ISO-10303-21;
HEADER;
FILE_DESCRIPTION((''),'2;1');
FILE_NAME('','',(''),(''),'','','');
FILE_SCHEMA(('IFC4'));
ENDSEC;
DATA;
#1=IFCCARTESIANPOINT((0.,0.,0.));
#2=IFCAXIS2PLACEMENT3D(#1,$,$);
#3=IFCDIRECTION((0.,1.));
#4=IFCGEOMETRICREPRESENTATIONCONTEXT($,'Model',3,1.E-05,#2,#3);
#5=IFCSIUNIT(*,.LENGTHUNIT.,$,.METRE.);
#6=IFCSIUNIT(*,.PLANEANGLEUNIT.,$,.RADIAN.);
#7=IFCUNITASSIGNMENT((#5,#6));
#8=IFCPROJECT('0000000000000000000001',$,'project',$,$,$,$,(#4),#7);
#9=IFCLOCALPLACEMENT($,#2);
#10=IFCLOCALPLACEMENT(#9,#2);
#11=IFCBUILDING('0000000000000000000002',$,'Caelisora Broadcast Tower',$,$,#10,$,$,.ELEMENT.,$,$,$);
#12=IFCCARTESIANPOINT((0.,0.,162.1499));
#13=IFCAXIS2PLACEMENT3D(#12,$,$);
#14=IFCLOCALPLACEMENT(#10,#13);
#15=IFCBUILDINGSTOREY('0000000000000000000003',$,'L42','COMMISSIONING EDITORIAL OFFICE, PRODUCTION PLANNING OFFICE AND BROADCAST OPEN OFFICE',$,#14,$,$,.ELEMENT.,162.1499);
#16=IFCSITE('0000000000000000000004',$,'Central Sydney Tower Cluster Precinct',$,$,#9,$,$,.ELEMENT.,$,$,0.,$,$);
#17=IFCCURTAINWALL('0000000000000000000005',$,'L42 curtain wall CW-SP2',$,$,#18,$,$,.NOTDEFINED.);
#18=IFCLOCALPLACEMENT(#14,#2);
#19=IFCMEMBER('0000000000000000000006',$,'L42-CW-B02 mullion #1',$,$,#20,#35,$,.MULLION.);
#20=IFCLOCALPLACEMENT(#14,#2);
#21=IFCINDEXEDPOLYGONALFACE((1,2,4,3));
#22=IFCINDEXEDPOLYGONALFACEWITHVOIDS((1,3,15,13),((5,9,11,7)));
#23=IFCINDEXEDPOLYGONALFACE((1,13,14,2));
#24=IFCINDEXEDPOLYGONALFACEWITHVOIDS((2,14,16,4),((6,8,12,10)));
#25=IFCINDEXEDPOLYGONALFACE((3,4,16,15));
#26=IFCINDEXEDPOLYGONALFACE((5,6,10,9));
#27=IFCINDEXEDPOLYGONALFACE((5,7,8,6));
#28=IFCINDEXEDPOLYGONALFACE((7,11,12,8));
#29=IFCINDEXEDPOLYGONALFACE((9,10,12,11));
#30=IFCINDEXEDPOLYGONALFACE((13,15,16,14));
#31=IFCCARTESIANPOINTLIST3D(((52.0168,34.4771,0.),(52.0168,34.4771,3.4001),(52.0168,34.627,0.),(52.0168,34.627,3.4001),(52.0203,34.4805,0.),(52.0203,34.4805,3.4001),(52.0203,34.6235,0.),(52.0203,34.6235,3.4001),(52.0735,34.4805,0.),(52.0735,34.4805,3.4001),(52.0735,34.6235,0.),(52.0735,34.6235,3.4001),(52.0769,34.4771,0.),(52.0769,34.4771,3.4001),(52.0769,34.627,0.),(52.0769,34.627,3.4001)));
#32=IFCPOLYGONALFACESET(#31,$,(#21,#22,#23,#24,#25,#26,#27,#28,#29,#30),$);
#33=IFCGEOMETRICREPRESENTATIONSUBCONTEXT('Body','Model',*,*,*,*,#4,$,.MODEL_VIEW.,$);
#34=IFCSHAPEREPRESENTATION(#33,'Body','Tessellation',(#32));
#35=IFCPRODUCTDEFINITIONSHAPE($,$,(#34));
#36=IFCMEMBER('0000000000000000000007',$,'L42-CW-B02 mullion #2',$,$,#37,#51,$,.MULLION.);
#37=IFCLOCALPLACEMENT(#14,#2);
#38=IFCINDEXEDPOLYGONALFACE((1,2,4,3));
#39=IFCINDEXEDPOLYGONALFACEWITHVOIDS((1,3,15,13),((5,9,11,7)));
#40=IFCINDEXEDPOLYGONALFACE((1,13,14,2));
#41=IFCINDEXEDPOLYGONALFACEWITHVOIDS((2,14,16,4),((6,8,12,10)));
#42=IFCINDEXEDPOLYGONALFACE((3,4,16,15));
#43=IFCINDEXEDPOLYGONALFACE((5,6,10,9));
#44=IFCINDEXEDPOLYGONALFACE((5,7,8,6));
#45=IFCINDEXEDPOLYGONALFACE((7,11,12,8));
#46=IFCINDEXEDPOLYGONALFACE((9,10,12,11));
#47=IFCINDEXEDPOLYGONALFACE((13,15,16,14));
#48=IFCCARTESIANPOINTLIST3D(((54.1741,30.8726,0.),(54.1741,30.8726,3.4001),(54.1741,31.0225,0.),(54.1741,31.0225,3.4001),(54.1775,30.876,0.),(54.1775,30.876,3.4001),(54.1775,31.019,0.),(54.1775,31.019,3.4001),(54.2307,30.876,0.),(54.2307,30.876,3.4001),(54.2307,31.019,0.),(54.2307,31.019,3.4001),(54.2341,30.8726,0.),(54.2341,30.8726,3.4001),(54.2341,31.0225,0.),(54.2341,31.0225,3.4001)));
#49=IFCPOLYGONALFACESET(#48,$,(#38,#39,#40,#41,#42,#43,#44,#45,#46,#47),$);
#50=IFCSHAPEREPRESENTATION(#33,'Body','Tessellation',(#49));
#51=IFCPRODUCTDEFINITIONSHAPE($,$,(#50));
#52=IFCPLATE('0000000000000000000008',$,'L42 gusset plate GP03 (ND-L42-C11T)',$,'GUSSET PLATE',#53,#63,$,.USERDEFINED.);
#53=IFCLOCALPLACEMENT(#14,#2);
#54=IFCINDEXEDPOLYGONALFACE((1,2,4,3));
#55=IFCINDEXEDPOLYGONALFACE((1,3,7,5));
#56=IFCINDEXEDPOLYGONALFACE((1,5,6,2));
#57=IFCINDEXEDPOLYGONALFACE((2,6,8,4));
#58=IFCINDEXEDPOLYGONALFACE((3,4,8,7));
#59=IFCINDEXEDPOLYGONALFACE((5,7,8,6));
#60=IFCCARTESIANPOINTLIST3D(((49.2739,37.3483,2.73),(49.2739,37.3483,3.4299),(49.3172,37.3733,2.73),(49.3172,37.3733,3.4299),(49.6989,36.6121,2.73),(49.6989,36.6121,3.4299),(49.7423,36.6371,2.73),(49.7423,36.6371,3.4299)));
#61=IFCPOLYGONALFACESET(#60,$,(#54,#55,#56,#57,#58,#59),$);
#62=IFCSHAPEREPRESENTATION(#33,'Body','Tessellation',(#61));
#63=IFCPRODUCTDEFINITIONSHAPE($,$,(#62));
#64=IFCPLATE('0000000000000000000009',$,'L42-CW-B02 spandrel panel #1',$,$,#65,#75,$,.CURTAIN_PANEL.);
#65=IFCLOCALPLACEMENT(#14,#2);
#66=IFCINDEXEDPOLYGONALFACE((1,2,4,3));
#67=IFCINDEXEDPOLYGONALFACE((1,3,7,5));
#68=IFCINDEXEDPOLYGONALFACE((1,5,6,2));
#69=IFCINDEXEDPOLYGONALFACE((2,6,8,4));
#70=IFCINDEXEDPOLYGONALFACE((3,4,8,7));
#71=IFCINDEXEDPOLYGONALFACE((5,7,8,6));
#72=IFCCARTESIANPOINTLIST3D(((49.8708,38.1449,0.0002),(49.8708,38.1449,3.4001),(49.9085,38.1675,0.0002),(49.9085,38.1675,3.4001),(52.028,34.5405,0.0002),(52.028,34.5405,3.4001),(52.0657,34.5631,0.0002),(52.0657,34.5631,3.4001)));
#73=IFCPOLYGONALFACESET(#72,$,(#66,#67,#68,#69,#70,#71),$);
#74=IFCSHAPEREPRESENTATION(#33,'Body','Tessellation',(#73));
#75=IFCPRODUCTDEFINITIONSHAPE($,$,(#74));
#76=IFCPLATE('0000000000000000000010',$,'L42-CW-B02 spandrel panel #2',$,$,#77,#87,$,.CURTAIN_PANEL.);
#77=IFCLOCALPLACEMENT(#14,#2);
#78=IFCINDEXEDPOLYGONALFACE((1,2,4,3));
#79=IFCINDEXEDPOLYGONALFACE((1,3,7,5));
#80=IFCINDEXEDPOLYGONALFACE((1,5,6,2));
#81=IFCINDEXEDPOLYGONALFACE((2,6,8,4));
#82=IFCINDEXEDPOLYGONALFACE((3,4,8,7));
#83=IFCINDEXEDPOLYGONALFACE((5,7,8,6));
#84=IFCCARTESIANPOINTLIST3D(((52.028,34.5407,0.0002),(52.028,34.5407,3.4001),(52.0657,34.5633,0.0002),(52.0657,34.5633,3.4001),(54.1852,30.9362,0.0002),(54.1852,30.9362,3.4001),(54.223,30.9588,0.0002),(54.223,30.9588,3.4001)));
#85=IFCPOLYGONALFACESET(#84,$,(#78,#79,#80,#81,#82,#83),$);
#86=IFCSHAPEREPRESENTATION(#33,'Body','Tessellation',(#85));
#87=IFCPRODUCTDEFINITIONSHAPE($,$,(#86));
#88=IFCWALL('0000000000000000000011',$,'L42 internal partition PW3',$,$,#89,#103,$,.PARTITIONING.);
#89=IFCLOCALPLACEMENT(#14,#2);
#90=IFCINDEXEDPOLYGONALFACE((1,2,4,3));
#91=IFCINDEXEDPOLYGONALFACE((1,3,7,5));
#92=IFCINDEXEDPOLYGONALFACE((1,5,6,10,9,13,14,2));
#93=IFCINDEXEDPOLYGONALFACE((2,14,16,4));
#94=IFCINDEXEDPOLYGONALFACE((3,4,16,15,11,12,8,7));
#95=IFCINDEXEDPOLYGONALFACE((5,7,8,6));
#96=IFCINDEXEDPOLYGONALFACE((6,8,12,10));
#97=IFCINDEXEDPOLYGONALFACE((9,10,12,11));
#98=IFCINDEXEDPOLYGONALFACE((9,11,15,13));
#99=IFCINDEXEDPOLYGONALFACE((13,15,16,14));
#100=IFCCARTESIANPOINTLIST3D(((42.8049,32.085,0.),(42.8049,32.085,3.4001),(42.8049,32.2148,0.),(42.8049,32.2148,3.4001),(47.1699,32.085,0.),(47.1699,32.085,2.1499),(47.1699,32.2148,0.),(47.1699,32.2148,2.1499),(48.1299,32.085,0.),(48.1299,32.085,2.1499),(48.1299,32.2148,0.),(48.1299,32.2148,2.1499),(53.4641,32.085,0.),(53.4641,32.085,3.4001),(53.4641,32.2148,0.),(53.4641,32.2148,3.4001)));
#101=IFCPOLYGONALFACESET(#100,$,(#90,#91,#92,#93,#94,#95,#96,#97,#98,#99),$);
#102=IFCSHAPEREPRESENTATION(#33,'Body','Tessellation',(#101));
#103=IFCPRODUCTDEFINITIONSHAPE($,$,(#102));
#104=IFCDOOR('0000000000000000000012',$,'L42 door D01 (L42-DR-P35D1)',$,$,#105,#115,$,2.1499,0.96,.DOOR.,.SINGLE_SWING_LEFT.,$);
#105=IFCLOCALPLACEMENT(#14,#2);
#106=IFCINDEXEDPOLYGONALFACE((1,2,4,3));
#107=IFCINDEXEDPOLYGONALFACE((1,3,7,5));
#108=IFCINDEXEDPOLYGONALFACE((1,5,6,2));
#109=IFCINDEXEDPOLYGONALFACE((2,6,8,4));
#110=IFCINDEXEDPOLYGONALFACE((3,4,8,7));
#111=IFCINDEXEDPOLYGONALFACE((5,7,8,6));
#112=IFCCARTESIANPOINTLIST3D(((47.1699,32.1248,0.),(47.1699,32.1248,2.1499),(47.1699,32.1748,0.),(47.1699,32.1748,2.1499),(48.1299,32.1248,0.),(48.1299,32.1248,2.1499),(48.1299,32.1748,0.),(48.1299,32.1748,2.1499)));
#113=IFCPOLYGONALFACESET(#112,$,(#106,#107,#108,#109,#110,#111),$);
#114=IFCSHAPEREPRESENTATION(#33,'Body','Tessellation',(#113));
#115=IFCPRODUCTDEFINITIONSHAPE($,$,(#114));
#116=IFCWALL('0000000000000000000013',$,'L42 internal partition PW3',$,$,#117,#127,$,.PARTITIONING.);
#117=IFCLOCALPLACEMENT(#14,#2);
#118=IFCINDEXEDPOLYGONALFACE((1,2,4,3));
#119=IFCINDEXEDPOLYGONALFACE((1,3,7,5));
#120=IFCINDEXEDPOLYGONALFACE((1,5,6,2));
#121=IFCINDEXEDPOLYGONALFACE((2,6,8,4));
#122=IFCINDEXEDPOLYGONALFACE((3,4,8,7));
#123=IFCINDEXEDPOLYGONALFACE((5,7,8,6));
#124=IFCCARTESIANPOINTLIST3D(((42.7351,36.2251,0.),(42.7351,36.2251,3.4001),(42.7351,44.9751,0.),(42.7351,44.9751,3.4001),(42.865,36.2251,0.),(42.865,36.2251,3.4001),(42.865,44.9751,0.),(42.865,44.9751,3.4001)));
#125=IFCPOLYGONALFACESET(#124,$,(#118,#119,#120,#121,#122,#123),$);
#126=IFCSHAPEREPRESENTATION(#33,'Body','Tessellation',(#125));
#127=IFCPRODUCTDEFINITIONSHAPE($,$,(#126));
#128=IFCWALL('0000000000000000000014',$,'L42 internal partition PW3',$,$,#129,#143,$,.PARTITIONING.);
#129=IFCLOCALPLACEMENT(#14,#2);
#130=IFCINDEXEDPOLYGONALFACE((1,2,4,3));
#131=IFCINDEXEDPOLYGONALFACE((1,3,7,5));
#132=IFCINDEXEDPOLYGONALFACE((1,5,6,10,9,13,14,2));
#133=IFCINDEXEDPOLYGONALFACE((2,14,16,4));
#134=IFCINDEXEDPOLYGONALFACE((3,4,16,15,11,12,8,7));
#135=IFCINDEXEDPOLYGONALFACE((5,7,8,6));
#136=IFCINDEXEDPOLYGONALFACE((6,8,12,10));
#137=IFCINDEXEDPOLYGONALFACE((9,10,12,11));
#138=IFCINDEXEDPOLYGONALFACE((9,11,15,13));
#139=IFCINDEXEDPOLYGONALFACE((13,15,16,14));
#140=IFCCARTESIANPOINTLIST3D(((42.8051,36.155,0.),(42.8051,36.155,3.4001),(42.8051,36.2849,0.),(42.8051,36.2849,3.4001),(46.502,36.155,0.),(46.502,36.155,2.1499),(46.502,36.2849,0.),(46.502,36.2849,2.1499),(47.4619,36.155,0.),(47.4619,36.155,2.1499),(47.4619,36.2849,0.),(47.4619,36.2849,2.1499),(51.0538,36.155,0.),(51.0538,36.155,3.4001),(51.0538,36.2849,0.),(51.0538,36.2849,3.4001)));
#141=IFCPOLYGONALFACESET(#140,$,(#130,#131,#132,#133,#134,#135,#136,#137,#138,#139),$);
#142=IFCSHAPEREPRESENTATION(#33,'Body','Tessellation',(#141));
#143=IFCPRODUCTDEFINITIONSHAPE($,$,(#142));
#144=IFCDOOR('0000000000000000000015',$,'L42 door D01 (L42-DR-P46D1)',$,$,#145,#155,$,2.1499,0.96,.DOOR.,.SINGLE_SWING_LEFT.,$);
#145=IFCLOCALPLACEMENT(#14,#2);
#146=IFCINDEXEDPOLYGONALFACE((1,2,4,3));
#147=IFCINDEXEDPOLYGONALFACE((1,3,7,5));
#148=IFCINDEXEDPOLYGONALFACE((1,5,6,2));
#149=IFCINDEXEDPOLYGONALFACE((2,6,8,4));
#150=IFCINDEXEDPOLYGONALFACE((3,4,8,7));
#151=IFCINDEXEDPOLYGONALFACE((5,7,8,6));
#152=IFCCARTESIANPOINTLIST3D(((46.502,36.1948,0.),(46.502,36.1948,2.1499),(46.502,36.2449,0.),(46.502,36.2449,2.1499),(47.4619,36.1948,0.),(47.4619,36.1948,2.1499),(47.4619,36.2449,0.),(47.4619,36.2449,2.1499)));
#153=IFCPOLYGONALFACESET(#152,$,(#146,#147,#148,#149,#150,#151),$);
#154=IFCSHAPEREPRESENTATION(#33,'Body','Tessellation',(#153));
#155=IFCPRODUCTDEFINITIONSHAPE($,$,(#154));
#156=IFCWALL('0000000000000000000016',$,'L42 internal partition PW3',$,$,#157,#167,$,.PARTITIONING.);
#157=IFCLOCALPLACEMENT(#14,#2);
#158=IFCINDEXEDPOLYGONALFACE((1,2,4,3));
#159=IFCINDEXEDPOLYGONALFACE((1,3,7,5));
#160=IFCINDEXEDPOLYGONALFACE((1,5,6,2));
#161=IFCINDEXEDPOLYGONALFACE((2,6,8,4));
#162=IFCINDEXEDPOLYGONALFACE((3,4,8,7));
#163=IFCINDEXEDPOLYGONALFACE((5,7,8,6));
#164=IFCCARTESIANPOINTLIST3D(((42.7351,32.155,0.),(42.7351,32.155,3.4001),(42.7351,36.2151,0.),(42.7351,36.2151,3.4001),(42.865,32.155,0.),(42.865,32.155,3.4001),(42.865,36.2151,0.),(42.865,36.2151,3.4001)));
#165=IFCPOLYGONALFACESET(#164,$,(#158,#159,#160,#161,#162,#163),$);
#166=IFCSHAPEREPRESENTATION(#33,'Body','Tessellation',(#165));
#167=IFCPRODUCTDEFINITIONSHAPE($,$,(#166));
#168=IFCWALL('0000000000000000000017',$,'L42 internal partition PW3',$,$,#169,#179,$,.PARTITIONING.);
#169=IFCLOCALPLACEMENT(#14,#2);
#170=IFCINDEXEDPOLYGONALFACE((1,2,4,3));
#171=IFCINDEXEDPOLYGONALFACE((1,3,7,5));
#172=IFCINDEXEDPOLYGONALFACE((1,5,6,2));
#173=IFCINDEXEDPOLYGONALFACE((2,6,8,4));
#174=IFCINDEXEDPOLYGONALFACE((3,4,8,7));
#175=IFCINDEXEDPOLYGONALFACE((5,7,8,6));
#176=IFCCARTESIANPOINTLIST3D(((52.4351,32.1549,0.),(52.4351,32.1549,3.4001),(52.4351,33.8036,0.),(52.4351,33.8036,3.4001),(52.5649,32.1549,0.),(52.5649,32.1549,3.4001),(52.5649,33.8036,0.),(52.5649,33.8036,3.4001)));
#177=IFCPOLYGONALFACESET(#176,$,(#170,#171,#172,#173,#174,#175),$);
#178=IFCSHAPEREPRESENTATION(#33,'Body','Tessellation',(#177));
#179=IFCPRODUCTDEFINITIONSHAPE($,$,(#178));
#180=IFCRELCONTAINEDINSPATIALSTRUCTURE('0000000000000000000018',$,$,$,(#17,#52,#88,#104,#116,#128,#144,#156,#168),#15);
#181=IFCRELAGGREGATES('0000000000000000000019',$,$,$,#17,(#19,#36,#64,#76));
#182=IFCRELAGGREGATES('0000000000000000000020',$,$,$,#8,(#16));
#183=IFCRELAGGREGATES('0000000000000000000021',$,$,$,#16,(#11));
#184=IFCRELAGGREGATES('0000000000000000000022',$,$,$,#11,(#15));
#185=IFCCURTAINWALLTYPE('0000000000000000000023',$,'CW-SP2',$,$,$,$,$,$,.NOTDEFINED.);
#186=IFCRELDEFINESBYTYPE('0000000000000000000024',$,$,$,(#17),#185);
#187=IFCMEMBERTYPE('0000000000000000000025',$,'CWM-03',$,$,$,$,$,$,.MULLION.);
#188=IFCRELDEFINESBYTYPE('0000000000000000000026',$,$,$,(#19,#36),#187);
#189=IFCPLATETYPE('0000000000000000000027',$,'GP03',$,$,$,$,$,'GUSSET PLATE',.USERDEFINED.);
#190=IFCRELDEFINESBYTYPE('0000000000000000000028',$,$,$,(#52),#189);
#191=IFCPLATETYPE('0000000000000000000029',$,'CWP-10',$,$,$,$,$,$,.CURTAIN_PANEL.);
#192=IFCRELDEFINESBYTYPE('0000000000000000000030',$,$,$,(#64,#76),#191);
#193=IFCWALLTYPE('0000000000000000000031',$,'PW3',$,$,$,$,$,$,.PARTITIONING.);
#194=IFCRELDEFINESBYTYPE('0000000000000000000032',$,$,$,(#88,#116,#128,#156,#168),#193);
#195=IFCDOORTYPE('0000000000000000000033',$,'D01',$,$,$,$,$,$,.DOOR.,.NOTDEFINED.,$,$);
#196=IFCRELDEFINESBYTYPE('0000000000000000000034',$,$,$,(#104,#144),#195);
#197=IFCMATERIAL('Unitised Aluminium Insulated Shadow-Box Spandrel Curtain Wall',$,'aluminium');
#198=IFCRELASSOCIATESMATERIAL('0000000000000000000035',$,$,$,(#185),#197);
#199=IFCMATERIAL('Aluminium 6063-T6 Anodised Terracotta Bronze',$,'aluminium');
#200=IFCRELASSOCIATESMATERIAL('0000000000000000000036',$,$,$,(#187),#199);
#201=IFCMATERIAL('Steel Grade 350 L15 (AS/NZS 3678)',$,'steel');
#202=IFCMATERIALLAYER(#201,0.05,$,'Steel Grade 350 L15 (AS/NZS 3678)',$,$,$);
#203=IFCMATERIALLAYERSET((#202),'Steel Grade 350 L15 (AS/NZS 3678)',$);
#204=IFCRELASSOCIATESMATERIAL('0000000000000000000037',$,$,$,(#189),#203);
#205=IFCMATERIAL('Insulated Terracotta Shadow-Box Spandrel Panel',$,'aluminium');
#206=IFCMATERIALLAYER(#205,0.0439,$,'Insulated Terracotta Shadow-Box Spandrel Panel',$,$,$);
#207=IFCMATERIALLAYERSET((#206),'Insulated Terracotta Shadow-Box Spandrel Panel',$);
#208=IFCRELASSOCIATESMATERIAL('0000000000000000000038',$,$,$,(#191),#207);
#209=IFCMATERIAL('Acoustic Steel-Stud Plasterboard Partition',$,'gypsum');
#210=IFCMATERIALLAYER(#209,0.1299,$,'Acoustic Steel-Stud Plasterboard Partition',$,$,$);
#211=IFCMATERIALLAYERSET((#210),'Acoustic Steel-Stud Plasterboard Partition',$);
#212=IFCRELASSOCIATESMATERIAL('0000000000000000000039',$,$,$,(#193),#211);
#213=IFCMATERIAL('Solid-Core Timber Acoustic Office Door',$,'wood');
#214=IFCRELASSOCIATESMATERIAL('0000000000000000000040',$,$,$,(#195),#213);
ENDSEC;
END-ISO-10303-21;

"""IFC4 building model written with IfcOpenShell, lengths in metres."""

from ifc_helpers import new_model, si_unit, direction, frame, frame_2d, origin, origin_2d, place, context, subcontext, project, spatial, rectangle, hollow_rectangle, extrude, source, transform, mapped, material, layer, layer_set, material_profile, profile_set, type_object, type_shapes, element, fill, aggregate, save


model = new_model("IFC4")

# Units and contexts
model_context = context("Model", 3, precision=1e-05, world=origin(), true_north=direction((0.0, 1.0)))
body_context = subcontext(model_context, "Body", "Model", "MODEL_VIEW")
ifc_project = project(units=[si_unit("LENGTHUNIT", "METRE"), si_unit("PLANEANGLEUNIT", "RADIAN")], contexts=[model_context])

# Site, building, storey
site_placement = place(None, origin())
site = spatial("IfcSite", under=ifc_project, at=site_placement, Name="Central Sydney Tower Cluster Precinct", CompositionType="ELEMENT", RefElevation=0.0)
building_placement = place(site_placement, origin())
building = spatial("IfcBuilding", under=site, at=building_placement, Name="Caelisora Broadcast Tower", CompositionType="ELEMENT")
storey_placement = place(building_placement, frame((0.0, 0.0, 162.1499)))
storey = spatial("IfcBuildingStorey", under=building, at=storey_placement, Name="L42", Description="COMMISSIONING EDITORIAL OFFICE, PRODUCTION PLANNING OFFICE AND BROADCAST OPEN OFFICE", CompositionType="ELEMENT", Elevation=162.1499)

# Shared definitions
ifc_material_1 = material(Name="Steel Grade 350 L15 (AS/NZS 3678)", Category="steel")

# Curtain wall, members
ifc_material_2 = material(Name="Unitised Aluminium Insulated Shadow-Box Spandrel Curtain Wall", Category="aluminium")
curtain_wall_type = type_object("IfcCurtainWallType", Name="CW-SP2", PredefinedType="NOTDEFINED", material=ifc_material_2)
curtain_wall_placement = place(storey_placement, origin())
curtain_wall = element("IfcCurtainWall", 1, at=curtain_wall_placement, inside=storey, type_object=curtain_wall_type, Name="L42 curtain wall CW-SP2", PredefinedType="NOTDEFINED")
ifc_material_3 = material(Name="Aluminium 6063-T6 Anodised Terracotta Bronze", Category="aluminium")
ifc_material_profile_1 = material_profile(ifc_material_3, hollow_rectangle(XDim=0.0601, YDim=0.1499, WallThickness=0.0034, at=origin_2d()), Name="Aluminium 6063-T6 Anodised Terracotta Bronze")
ifc_profile_set_1 = profile_set([ifc_material_profile_1], Name="Aluminium 6063-T6 Anodised Terracotta Bronze")
member_type = type_object("IfcMemberType", Name="CWM-03", PredefinedType="MULLION", material=ifc_profile_set_1)
shared_shape_1 = source(origin(), body_context, "Body", "SweptSolid", [
    extrude(hollow_rectangle(XDim=0.0601, YDim=0.1499, WallThickness=0.0034, at=origin_2d()), origin(), (0.0, 0.0, 1.0), 3.4001),
])
type_shapes(member_type, [shared_shape_1])
member_1_placement = place(storey_placement, frame((52.0469, 34.552, 0.0), z_axis=(0.0, 0.0, 1.0), x_axis=(1.0, 0.0, 0.0)))
member_1 = element("IfcMember", 2, at=member_1_placement, type_object=member_type, Name="L42-CW-B02 mullion #1", PredefinedType="MULLION", context=body_context, shape_type="MappedRepresentation", body=[
    mapped(shared_shape_1, transform((0.0, 0.0, 0.0), scale=1.0)),
])
member_2_placement = place(storey_placement, frame((54.2041, 30.9475, 0.0), z_axis=(0.0, 0.0, 1.0), x_axis=(1.0, 0.0, 0.0)))
member_2 = element("IfcMember", 3, at=member_2_placement, type_object=member_type, Name="L42-CW-B02 mullion #2", PredefinedType="MULLION", context=body_context, shape_type="MappedRepresentation", body=[
    mapped(shared_shape_1, transform((0.0, 0.0, 0.0), scale=1.0)),
])

# Plates
ifc_layer_1 = layer(ifc_material_1, 0.05, Name="Steel Grade 350 L15 (AS/NZS 3678)")
ifc_layer_set_1 = layer_set([ifc_layer_1], Name="Steel Grade 350 L15 (AS/NZS 3678)")
plate_type_1 = type_object("IfcPlateType", Name="GP03", ElementType="GUSSET PLATE", PredefinedType="USERDEFINED", material=ifc_layer_set_1)
shared_shape_2 = source(origin(), body_context, "Body", "SweptSolid", [
    extrude(rectangle(XDim=0.8501, YDim=0.05, at=origin_2d()), origin(), (0.0, 0.0, 1.0), 0.7),
])
type_shapes(plate_type_1, [shared_shape_2])
plate_1_placement = place(storey_placement, frame((49.5081, 36.9927, 2.73), z_axis=(0.0, 0.0, 1.0), x_axis=(-0.5, 0.866025, 0.0)))
element("IfcPlate", 4, at=plate_1_placement, inside=storey, type_object=plate_type_1, Name="L42 gusset plate GP03 (ND-L42-C11T)", ObjectType="GUSSET PLATE", PredefinedType="USERDEFINED", context=body_context, shape_type="MappedRepresentation", body=[
    mapped(shared_shape_2, transform((0.0, 0.0, 0.0), scale=1.0)),
])
ifc_material_4 = material(Name="Insulated Terracotta Shadow-Box Spandrel Panel", Category="aluminium")
ifc_layer_2 = layer(ifc_material_4, 0.0439, Name="Insulated Terracotta Shadow-Box Spandrel Panel")
ifc_layer_set_2 = layer_set([ifc_layer_2], Name="Insulated Terracotta Shadow-Box Spandrel Panel")
plate_type_2 = type_object("IfcPlateType", Name="CWP-10", PredefinedType="CURTAIN_PANEL", material=ifc_layer_set_2)
shared_shape_3 = source(origin(), body_context, "Body", "SweptSolid", [
    extrude(rectangle(XDim=4.2007, YDim=0.0439, at=origin_2d()), origin(), (0.0, 0.0, 1.0), 3.3999),
])
type_shapes(plate_type_2, [shared_shape_3])
plate_2_placement = place(storey_placement, frame((50.9683, 36.354, 0.0002), z_axis=(0.0, 0.0, 1.0), x_axis=(0.513541, -0.858065, 0.0)))
plate_2 = element("IfcPlate", 5, at=plate_2_placement, type_object=plate_type_2, Name="L42-CW-B02 spandrel panel #1", PredefinedType="CURTAIN_PANEL", context=body_context, shape_type="MappedRepresentation", body=[
    mapped(shared_shape_3, transform((0.0, 0.0, 0.0), scale=1.0)),
])
plate_3_placement = place(storey_placement, frame((53.1255, 32.7498, 0.0002), z_axis=(0.0, 0.0, 1.0), x_axis=(0.513541, -0.858065, 0.0)))
plate_3 = element("IfcPlate", 6, at=plate_3_placement, type_object=plate_type_2, Name="L42-CW-B02 spandrel panel #2", PredefinedType="CURTAIN_PANEL", context=body_context, shape_type="MappedRepresentation", body=[
    mapped(shared_shape_3, transform((0.0, 0.0, 0.0), scale=1.0)),
])
aggregate(curtain_wall, [member_1, member_2, plate_2, plate_3])

# Wall, opening, door
ifc_material_5 = material(Name="Acoustic Steel-Stud Plasterboard Partition", Category="gypsum")
ifc_layer_3 = layer(ifc_material_5, 0.1299, Name="Acoustic Steel-Stud Plasterboard Partition")
ifc_layer_set_3 = layer_set([ifc_layer_3], Name="Acoustic Steel-Stud Plasterboard Partition")
wall_type = type_object("IfcWallType", Name="PW3", PredefinedType="PARTITIONING", material=ifc_layer_set_3)
wall_1_placement = place(storey_placement, frame((42.8049, 32.1499, 0.0), z_axis=(0.0, 0.0, 1.0), x_axis=(1.0, 0.0, 0.0)))
wall_1 = element("IfcWall", 7, at=wall_1_placement, inside=storey, type_object=wall_type, Name="L42 internal partition PW3", PredefinedType="PARTITIONING", context=body_context, shape_type="SweptSolid", body=[
    extrude(rectangle(XDim=10.6592, YDim=0.1299, at=frame_2d((5.3296, 0.0))), origin(), (0.0, 0.0, 1.0), 3.4001),
])
opening_1_placement = place(wall_1_placement, frame((4.365, 0.0, 0.0)))
opening_1 = element("IfcOpeningElement", 8, at=opening_1_placement, cuts=wall_1, PredefinedType="OPENING", context=body_context, shape_type="SweptSolid", body=[
    extrude(rectangle(XDim=0.96, YDim=2.1499, at=frame_2d((0.48, 1.075))), frame((0.0, 0.0769, 0.0), z_axis=(0.0, -1.0, 0.0), x_axis=(1.0, 0.0, 0.0)), (0.0, 0.0, 1.0), 0.1538),
])
ifc_material_6 = material(Name="Solid-Core Timber Acoustic Office Door", Category="wood")
door_type = type_object("IfcDoorType", Name="D01", OperationType="NOTDEFINED", PredefinedType="DOOR", material=ifc_material_6)
door_1_placement = place(opening_1_placement, origin())
door_1 = element("IfcDoor", 9, at=door_1_placement, inside=storey, type_object=door_type, Name="L42 door D01 (L42-DR-P35D1)", OperationType="SINGLE_SWING_LEFT", OverallHeight=2.1499, OverallWidth=0.96, PredefinedType="DOOR", context=body_context, shape_type="SweptSolid", body=[
    extrude(rectangle(XDim=0.96, YDim=2.1499, at=frame_2d((0.48, 1.075))), frame((0.0, 0.0249, 0.0), z_axis=(0.0, -1.0, 0.0), x_axis=(1.0, 0.0, 0.0)), (0.0, 0.0, 1.0), 0.05),
])
fill(opening_1, door_1)

# Wall
wall_2_placement = place(storey_placement, frame((42.8, 36.2251, 0.0), z_axis=(0.0, 0.0, 1.0), x_axis=(0.0, 1.0, 0.0)))
element("IfcWall", 10, at=wall_2_placement, inside=storey, type_object=wall_type, Name="L42 internal partition PW3", PredefinedType="PARTITIONING", context=body_context, shape_type="SweptSolid", body=[
    extrude(rectangle(XDim=8.75, YDim=0.1299, at=frame_2d((4.375, 0.0))), origin(), (0.0, 0.0, 1.0), 3.4001),
])

# Wall, opening, door
wall_3_placement = place(storey_placement, frame((42.8049, 36.22, 0.0), z_axis=(0.0, 0.0, 1.0), x_axis=(1.0, 0.0, 0.0)))
wall_3 = element("IfcWall", 11, at=wall_3_placement, inside=storey, type_object=wall_type, Name="L42 internal partition PW3", PredefinedType="PARTITIONING", context=body_context, shape_type="SweptSolid", body=[
    extrude(rectangle(XDim=8.2488, YDim=0.1299, at=frame_2d((4.1245, 0.0))), origin(), (0.0, 0.0, 1.0), 3.4001),
])
opening_2_placement = place(wall_3_placement, frame((3.697, 0.0, 0.0)))
opening_2 = element("IfcOpeningElement", 12, at=opening_2_placement, cuts=wall_3, PredefinedType="OPENING", context=body_context, shape_type="SweptSolid", body=[
    extrude(rectangle(XDim=0.96, YDim=2.1499, at=frame_2d((0.48, 1.075))), frame((0.0, 0.0769, 0.0), z_axis=(0.0, -1.0, 0.0), x_axis=(1.0, 0.0, 0.0)), (0.0, 0.0, 1.0), 0.1538),
])
door_2_placement = place(opening_2_placement, origin())
door_2 = element("IfcDoor", 13, at=door_2_placement, inside=storey, type_object=door_type, Name="L42 door D01 (L42-DR-P46D1)", OperationType="SINGLE_SWING_LEFT", OverallHeight=2.1499, OverallWidth=0.96, PredefinedType="DOOR", context=body_context, shape_type="SweptSolid", body=[
    extrude(rectangle(XDim=0.96, YDim=2.1499, at=frame_2d((0.48, 1.075))), frame((0.0, 0.0249, 0.0), z_axis=(0.0, -1.0, 0.0), x_axis=(1.0, 0.0, 0.0)), (0.0, 0.0, 1.0), 0.05),
])
fill(opening_2, door_2)

# Walls
wall_4_placement = place(storey_placement, frame((42.8, 32.155, 0.0), z_axis=(0.0, 0.0, 1.0), x_axis=(0.0, 1.0, 0.0)))
element("IfcWall", 14, at=wall_4_placement, inside=storey, type_object=wall_type, Name="L42 internal partition PW3", PredefinedType="PARTITIONING", context=body_context, shape_type="SweptSolid", body=[
    extrude(rectangle(XDim=4.0601, YDim=0.1299, at=frame_2d((2.03, 0.0))), origin(), (0.0, 0.0, 1.0), 3.4001),
])
wall_5_placement = place(storey_placement, frame((52.5, 32.155, 0.0), z_axis=(0.0, 0.0, 1.0), x_axis=(0.0, 1.0, 0.0)))
element("IfcWall", 15, at=wall_5_placement, inside=storey, type_object=wall_type, Name="L42 internal partition PW3", PredefinedType="PARTITIONING", context=body_context, shape_type="SweptSolid", body=[
    extrude(rectangle(XDim=1.6487, YDim=0.1299, at=frame_2d((0.8242, 0.0))), origin(), (0.0, 0.0, 1.0), 3.4001),
])

save(model, "model.ifc")
